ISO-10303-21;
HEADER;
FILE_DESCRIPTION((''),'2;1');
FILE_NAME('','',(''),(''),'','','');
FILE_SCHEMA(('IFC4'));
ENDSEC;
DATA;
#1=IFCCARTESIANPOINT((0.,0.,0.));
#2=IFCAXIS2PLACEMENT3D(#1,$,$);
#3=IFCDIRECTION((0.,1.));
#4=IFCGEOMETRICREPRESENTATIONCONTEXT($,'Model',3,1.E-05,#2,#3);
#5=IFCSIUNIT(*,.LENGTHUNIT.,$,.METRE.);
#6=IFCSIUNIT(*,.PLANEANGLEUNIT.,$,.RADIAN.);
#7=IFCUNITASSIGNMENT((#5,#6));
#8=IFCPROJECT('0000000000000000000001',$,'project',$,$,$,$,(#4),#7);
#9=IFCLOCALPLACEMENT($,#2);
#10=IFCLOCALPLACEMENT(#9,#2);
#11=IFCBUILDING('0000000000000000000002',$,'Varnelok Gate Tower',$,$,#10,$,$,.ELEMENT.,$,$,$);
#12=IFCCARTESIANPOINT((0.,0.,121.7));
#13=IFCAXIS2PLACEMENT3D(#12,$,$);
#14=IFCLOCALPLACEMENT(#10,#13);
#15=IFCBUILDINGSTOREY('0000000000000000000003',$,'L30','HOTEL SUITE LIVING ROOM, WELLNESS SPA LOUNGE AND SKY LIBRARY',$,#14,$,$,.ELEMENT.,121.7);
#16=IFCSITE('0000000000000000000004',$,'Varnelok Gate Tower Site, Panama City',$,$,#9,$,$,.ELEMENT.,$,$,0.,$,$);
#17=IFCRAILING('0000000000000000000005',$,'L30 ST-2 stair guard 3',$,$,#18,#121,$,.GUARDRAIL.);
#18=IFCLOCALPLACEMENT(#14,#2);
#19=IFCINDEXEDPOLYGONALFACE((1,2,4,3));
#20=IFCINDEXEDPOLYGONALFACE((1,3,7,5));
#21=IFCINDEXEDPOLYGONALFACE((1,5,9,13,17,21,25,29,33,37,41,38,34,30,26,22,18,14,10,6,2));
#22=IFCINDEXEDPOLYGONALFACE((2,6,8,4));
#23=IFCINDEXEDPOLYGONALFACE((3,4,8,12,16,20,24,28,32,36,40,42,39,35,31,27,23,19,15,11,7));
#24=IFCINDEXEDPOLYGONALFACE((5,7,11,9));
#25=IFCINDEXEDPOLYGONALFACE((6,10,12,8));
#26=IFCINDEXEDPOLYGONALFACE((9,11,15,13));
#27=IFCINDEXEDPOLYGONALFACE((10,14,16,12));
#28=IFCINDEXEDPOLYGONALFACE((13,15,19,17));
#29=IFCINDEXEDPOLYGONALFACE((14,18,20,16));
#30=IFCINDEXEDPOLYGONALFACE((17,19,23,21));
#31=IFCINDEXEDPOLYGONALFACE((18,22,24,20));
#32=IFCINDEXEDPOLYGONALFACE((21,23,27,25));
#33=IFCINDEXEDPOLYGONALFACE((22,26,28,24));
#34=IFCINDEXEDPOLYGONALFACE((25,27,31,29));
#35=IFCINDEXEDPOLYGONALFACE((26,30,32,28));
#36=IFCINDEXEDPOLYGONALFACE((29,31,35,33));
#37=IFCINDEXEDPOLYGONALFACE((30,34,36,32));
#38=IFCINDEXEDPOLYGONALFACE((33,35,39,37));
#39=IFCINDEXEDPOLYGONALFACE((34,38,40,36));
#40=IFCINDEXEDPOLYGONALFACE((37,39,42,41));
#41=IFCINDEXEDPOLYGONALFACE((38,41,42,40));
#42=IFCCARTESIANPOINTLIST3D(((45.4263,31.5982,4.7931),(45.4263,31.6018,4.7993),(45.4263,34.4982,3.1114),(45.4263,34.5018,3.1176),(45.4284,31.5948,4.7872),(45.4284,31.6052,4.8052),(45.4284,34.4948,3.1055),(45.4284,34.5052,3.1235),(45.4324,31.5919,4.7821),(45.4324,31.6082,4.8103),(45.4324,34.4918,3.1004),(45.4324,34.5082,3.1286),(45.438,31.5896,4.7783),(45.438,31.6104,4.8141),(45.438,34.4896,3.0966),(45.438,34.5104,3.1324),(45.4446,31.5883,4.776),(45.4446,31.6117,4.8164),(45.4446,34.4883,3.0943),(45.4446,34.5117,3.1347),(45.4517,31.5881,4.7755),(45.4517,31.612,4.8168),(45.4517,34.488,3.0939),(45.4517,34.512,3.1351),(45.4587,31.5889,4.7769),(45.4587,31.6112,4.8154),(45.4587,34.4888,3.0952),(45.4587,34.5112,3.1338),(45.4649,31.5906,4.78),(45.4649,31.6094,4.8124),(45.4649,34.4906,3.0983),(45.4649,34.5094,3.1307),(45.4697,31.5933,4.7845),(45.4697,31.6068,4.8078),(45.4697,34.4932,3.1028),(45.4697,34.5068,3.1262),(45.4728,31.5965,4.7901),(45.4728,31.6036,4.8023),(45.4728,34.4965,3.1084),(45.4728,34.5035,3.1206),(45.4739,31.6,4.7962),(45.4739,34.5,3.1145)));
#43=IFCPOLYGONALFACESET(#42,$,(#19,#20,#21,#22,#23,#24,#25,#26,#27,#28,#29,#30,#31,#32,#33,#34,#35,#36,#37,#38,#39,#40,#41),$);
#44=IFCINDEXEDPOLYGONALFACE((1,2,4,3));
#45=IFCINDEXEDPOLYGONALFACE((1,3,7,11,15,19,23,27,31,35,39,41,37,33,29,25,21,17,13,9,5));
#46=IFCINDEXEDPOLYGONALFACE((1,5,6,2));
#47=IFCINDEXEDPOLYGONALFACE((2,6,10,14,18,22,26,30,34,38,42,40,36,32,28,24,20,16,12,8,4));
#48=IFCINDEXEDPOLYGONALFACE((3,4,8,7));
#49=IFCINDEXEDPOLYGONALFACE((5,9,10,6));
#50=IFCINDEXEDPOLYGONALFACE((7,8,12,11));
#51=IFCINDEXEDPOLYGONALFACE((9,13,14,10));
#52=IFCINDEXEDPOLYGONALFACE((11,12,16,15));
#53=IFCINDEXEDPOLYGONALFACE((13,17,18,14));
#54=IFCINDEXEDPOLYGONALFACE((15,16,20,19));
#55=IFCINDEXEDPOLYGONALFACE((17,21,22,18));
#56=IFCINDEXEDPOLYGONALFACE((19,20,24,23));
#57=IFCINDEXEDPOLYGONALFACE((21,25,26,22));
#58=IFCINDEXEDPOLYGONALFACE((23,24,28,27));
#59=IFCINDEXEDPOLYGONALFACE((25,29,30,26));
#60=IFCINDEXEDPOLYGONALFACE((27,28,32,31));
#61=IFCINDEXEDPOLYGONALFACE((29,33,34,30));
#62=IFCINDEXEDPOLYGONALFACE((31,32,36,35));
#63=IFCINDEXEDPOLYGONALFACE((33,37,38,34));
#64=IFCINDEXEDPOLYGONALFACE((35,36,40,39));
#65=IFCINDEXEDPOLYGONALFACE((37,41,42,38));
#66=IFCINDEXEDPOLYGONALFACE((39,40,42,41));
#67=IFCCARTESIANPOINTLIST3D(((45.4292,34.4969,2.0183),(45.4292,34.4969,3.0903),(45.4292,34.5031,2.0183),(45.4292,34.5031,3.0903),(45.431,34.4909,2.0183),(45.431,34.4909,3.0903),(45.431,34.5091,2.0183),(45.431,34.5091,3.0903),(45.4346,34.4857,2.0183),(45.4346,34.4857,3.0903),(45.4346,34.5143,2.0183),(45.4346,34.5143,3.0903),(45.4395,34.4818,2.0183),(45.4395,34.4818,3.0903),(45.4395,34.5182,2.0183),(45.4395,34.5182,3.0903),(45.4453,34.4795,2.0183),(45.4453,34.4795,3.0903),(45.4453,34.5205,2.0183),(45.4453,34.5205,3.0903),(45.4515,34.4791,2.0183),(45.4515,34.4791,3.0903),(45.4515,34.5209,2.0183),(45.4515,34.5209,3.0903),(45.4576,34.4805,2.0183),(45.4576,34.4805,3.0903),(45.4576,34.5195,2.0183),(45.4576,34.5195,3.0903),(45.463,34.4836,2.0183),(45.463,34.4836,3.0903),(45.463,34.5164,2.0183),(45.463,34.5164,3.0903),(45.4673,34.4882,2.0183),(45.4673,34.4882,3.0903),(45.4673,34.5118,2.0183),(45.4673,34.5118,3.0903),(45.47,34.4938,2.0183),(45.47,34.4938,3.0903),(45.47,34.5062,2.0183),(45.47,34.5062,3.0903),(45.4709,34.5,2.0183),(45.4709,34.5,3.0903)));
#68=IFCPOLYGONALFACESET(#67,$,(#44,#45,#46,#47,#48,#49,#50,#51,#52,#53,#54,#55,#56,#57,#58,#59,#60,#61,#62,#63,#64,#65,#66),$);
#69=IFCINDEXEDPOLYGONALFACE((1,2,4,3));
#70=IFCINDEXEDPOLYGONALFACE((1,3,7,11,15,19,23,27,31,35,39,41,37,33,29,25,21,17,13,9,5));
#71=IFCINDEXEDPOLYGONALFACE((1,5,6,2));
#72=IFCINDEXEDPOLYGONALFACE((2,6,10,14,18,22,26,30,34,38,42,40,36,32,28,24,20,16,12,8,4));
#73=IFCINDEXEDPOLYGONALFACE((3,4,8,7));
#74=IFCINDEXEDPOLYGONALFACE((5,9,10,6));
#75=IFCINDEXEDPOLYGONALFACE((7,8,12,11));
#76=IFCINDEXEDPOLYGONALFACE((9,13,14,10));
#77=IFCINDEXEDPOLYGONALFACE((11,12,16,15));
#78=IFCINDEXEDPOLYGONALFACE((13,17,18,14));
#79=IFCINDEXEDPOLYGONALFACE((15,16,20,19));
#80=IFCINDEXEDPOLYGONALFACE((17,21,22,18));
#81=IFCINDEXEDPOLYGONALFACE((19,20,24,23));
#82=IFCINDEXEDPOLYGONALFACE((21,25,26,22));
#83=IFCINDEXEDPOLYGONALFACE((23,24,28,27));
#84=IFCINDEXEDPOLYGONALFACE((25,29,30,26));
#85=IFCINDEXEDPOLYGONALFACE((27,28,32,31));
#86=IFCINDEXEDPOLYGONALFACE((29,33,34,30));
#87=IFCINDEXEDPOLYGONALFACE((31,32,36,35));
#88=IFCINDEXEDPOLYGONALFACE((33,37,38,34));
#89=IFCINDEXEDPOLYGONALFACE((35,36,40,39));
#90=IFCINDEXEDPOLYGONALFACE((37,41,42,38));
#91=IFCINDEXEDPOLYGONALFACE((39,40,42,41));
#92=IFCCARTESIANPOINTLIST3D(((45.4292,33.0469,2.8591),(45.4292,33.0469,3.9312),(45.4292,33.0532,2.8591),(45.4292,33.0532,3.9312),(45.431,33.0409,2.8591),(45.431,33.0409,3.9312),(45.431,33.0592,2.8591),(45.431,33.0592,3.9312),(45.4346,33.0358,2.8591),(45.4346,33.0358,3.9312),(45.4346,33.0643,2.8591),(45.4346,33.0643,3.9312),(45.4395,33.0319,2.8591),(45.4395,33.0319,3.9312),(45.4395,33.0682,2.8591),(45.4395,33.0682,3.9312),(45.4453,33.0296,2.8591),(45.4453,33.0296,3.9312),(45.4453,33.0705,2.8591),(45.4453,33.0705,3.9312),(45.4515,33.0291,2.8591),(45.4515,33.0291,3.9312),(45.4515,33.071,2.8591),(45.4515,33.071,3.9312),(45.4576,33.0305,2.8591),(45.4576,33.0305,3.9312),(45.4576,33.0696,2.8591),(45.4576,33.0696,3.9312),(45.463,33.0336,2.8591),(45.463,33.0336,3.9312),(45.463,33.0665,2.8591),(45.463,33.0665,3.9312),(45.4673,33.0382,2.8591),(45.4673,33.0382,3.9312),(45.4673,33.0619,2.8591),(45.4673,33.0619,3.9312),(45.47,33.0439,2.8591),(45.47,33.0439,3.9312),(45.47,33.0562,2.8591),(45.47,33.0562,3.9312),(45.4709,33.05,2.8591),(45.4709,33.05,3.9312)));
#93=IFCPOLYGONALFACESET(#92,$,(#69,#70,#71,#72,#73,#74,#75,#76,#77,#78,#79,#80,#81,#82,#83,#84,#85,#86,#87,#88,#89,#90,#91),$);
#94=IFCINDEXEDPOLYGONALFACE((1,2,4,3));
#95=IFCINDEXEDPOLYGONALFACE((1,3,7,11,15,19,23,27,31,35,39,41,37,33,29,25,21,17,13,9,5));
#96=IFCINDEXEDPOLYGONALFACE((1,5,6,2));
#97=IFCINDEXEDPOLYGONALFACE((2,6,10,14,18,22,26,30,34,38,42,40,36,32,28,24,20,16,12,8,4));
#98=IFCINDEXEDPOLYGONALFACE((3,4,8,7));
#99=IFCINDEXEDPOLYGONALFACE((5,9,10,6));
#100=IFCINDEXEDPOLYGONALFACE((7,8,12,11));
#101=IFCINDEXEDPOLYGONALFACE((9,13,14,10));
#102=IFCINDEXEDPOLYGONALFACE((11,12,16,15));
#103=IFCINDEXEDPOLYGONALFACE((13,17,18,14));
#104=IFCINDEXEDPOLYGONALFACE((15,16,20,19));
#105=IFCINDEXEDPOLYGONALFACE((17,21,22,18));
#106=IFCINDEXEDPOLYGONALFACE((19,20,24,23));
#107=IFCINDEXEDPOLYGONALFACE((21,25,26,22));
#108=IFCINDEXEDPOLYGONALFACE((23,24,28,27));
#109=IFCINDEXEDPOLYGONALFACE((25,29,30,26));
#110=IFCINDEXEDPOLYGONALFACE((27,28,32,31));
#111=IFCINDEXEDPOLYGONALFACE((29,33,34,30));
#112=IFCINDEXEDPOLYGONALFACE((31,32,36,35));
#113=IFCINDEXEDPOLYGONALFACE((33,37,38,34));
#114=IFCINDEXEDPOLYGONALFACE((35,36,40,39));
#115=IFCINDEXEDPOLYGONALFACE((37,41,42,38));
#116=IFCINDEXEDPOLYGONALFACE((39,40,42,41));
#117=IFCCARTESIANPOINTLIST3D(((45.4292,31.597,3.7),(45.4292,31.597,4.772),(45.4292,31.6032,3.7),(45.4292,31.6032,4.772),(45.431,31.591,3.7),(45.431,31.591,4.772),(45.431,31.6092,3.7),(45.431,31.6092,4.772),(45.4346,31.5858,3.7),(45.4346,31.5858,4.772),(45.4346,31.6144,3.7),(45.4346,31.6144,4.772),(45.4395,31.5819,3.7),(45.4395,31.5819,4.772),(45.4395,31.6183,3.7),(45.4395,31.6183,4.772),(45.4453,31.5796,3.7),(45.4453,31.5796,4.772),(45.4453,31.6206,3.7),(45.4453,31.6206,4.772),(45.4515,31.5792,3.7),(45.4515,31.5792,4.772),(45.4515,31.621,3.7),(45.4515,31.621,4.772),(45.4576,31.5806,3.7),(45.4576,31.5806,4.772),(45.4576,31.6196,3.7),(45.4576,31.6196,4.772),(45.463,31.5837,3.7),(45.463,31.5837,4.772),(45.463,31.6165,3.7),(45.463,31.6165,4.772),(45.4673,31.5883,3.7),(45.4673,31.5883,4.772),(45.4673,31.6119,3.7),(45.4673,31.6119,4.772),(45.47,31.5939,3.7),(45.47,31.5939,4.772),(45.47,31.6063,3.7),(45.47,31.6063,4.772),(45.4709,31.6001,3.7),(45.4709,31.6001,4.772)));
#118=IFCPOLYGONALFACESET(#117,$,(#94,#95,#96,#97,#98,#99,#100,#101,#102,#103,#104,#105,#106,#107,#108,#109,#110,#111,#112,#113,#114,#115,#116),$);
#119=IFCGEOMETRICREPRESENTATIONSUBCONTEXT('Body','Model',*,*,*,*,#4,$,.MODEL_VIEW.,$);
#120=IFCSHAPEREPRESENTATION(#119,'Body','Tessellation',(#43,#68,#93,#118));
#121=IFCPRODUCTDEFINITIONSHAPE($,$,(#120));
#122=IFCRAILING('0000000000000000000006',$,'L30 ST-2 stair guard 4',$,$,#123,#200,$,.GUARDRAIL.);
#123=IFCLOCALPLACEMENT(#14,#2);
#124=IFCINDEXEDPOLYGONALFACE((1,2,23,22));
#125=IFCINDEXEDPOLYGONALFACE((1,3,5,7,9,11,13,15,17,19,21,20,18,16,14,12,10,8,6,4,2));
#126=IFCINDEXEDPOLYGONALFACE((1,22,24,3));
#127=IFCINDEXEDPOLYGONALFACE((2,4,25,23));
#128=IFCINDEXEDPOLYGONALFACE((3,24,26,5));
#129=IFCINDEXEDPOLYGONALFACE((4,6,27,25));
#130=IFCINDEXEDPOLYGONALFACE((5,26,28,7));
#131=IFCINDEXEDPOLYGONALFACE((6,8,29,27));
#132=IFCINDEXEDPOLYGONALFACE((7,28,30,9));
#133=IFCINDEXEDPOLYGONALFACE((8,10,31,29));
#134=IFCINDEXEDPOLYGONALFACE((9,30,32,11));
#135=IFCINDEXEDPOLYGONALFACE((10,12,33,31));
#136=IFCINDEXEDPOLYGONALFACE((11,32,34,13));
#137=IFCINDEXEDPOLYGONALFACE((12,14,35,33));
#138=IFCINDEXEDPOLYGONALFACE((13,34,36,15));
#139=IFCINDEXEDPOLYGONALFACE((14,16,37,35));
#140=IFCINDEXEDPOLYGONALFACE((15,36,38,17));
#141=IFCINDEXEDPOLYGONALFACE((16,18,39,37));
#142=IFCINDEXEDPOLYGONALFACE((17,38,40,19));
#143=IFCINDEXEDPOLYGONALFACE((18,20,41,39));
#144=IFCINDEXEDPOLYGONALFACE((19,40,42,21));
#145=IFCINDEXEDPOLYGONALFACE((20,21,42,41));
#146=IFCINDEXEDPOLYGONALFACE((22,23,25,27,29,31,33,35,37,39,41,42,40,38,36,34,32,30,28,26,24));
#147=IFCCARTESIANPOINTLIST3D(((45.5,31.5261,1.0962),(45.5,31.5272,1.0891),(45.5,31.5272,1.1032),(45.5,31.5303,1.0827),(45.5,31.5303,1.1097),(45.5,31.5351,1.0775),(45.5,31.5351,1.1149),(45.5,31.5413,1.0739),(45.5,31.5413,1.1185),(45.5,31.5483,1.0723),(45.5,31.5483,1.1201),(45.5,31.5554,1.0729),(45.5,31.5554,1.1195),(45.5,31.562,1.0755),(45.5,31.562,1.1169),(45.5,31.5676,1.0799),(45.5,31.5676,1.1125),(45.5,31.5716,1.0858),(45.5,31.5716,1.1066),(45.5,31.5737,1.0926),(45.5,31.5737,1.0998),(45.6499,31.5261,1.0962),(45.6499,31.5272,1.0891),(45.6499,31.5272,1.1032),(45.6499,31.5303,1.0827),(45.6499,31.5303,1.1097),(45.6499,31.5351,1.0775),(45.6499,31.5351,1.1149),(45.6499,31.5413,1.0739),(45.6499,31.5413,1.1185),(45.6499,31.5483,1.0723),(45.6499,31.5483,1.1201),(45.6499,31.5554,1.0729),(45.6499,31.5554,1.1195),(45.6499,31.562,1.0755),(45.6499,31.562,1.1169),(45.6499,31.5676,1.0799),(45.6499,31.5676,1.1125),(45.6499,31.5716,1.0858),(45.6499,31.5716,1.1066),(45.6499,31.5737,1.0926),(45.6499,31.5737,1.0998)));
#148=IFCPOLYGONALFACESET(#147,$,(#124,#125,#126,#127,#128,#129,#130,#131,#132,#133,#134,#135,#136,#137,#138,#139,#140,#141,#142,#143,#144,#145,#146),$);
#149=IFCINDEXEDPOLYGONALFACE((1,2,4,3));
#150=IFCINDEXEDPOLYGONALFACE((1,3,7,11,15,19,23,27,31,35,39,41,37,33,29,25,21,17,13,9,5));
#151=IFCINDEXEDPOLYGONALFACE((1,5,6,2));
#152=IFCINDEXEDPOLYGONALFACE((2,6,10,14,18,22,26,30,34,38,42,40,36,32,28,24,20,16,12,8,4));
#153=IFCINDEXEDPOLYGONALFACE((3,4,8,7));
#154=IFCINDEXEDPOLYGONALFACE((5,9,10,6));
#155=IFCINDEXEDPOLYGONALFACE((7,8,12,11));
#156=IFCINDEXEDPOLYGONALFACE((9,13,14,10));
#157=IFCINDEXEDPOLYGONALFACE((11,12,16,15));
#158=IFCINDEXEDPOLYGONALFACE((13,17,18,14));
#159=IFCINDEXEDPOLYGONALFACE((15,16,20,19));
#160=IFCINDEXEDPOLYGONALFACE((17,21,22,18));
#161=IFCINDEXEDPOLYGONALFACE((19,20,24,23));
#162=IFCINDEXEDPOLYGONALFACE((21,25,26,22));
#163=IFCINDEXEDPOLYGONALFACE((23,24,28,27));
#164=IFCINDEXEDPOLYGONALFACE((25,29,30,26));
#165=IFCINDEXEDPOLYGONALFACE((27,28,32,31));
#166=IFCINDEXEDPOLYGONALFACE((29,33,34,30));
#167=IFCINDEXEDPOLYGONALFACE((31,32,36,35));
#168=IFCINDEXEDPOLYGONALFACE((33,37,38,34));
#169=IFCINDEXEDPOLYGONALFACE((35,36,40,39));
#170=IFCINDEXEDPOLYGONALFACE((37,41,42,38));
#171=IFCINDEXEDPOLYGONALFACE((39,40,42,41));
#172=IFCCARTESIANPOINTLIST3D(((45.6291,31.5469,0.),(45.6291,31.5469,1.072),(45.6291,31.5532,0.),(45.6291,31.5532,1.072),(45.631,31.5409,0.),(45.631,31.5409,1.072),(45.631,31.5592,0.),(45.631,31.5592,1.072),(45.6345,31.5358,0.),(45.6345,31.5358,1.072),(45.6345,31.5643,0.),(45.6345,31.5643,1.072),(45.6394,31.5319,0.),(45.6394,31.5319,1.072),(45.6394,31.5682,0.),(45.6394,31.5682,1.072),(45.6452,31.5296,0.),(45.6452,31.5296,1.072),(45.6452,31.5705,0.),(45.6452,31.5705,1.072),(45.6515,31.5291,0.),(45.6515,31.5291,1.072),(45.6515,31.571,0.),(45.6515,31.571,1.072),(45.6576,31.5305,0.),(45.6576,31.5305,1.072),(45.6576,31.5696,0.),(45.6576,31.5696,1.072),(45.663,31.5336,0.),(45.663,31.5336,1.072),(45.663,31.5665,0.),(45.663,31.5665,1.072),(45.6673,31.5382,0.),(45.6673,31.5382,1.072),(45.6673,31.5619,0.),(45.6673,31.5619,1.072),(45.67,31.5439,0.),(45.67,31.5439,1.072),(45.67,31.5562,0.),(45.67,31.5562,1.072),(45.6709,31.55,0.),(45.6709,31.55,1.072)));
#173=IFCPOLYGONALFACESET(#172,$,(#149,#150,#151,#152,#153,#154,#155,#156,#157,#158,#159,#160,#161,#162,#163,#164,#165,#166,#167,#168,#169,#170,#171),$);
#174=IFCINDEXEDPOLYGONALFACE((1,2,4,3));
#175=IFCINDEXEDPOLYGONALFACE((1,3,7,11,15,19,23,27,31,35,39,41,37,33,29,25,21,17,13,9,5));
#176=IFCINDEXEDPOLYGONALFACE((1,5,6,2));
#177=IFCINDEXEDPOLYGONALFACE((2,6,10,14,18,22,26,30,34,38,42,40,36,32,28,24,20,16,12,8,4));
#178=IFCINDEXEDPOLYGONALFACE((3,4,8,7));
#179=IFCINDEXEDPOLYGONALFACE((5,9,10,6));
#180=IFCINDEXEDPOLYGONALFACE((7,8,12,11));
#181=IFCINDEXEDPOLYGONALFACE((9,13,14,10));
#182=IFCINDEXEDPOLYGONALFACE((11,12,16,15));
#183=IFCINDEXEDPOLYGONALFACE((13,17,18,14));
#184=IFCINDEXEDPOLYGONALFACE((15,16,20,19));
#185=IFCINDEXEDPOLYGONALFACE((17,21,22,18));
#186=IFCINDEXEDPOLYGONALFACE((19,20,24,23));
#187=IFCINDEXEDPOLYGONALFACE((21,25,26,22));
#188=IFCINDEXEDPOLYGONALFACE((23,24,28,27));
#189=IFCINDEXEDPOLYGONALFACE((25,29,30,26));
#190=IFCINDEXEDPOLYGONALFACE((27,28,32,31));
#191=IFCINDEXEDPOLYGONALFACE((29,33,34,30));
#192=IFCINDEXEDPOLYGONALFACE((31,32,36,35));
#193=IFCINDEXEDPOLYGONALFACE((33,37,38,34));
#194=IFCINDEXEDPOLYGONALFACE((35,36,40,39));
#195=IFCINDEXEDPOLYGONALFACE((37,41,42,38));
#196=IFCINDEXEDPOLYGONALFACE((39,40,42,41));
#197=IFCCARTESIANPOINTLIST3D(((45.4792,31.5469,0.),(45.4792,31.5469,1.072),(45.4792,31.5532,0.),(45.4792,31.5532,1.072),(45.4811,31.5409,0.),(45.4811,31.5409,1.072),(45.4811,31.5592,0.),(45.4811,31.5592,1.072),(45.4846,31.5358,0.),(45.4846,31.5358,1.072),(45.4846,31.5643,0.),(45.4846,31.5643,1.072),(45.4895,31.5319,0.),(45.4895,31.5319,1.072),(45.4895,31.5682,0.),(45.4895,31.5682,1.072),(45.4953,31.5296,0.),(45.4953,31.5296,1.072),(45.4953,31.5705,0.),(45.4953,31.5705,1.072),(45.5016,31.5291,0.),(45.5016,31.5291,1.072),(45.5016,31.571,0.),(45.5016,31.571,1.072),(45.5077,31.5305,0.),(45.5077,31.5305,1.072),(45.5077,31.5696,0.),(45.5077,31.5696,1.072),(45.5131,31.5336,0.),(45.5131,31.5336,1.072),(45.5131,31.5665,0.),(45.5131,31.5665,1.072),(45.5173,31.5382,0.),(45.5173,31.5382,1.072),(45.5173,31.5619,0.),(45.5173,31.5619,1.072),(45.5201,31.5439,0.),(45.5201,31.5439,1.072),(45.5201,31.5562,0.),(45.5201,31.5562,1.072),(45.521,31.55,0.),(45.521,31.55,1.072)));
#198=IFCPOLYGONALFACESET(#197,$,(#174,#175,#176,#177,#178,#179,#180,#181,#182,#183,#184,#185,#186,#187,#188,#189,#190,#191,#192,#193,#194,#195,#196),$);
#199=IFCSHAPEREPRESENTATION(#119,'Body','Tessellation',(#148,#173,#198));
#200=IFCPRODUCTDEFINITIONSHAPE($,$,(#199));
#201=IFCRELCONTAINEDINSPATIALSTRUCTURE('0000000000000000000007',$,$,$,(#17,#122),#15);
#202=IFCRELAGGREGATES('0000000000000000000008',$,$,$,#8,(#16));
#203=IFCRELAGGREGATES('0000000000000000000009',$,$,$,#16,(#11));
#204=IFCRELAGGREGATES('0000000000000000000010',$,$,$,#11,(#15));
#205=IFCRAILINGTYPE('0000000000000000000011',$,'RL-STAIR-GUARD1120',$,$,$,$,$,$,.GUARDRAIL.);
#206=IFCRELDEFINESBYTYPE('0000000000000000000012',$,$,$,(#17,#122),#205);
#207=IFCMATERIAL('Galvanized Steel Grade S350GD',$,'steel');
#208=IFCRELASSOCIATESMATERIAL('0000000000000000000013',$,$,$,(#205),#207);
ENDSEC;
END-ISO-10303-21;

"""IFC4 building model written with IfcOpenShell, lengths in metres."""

from ifc_helpers import new_model, si_unit, direction, frame, origin, origin_2d, place, context, subcontext, project, spatial, circle, extrude, material, type_object, element, save


model = new_model("IFC4")

# Units and contexts
model_context = context("Model", 3, precision=1e-05, world=origin(), true_north=direction((0.0, 1.0)))
body_context = subcontext(model_context, "Body", "Model", "MODEL_VIEW")
ifc_project = project(units=[si_unit("LENGTHUNIT", "METRE"), si_unit("PLANEANGLEUNIT", "RADIAN")], contexts=[model_context])

# Site, building, storey
site_placement = place(None, origin())
site = spatial("IfcSite", under=ifc_project, at=site_placement, Name="Varnelok Gate Tower Site, Panama City", CompositionType="ELEMENT", RefElevation=0.0)
building_placement = place(site_placement, origin())
building = spatial("IfcBuilding", under=site, at=building_placement, Name="Varnelok Gate Tower", CompositionType="ELEMENT")
storey_placement = place(building_placement, frame((0.0, 0.0, 121.7)))
storey = spatial("IfcBuildingStorey", under=building, at=storey_placement, Name="L30", Description="HOTEL SUITE LIVING ROOM, WELLNESS SPA LOUNGE AND SKY LIBRARY", CompositionType="ELEMENT", Elevation=121.7)

# Shared definitions
ifc_material_1 = material(Name="Galvanized Steel Grade S350GD", Category="steel")

# Railings
railing_type_1 = type_object("IfcRailingType", Name="RL-STAIR-GUARD1120", PredefinedType="GUARDRAIL", material=ifc_material_1)
railing_1_placement = place(storey_placement, frame((45.45, 34.5, 2.0183)))
element("IfcRailing", 1, at=railing_1_placement, inside=storey, type_object=railing_type_1, Name="L30 ST-2 stair guard 3", PredefinedType="GUARDRAIL", context=body_context, shape_type="SweptSolid", body=[
    extrude(circle(Radius=0.0239, at=origin_2d()), frame((0.0, 0.0, 1.0962), z_axis=(0.0, -0.86507, 0.501651), x_axis=(1.0, 0.0, 0.0)), (0.0, 0.0, 1.0), 3.3523),
    extrude(circle(Radius=0.021, at=origin_2d()), origin(), (0.0, 0.0, 1.0), 1.072),
    extrude(circle(Radius=0.021, at=origin_2d()), frame((0.0, -1.45, 0.8408)), (0.0, 0.0, 1.0), 1.072),
    extrude(circle(Radius=0.021, at=origin_2d()), frame((0.0, -2.8999, 1.6816)), (0.0, 0.0, 1.0), 1.072),
])
railing_2_placement = place(storey_placement, frame((45.6499, 31.55, 0.0)))
element("IfcRailing", 2, at=railing_2_placement, inside=storey, type_object=railing_type_1, Name="L30 ST-2 stair guard 4", PredefinedType="GUARDRAIL", context=body_context, shape_type="SweptSolid", body=[
    extrude(circle(Radius=0.0239, at=origin_2d()), frame((0.0, 0.0, 1.0962), z_axis=(-1.0, 0.0, 0.0), x_axis=(0.0, -1.0, 0.0)), (0.0, 0.0, 1.0), 0.1499),
    extrude(circle(Radius=0.021, at=origin_2d()), origin(), (0.0, 0.0, 1.0), 1.072),
    extrude(circle(Radius=0.021, at=origin_2d()), frame((-0.1499, 0.0, 0.0)), (0.0, 0.0, 1.0), 1.072),
])

save(model, "model.ifc")
